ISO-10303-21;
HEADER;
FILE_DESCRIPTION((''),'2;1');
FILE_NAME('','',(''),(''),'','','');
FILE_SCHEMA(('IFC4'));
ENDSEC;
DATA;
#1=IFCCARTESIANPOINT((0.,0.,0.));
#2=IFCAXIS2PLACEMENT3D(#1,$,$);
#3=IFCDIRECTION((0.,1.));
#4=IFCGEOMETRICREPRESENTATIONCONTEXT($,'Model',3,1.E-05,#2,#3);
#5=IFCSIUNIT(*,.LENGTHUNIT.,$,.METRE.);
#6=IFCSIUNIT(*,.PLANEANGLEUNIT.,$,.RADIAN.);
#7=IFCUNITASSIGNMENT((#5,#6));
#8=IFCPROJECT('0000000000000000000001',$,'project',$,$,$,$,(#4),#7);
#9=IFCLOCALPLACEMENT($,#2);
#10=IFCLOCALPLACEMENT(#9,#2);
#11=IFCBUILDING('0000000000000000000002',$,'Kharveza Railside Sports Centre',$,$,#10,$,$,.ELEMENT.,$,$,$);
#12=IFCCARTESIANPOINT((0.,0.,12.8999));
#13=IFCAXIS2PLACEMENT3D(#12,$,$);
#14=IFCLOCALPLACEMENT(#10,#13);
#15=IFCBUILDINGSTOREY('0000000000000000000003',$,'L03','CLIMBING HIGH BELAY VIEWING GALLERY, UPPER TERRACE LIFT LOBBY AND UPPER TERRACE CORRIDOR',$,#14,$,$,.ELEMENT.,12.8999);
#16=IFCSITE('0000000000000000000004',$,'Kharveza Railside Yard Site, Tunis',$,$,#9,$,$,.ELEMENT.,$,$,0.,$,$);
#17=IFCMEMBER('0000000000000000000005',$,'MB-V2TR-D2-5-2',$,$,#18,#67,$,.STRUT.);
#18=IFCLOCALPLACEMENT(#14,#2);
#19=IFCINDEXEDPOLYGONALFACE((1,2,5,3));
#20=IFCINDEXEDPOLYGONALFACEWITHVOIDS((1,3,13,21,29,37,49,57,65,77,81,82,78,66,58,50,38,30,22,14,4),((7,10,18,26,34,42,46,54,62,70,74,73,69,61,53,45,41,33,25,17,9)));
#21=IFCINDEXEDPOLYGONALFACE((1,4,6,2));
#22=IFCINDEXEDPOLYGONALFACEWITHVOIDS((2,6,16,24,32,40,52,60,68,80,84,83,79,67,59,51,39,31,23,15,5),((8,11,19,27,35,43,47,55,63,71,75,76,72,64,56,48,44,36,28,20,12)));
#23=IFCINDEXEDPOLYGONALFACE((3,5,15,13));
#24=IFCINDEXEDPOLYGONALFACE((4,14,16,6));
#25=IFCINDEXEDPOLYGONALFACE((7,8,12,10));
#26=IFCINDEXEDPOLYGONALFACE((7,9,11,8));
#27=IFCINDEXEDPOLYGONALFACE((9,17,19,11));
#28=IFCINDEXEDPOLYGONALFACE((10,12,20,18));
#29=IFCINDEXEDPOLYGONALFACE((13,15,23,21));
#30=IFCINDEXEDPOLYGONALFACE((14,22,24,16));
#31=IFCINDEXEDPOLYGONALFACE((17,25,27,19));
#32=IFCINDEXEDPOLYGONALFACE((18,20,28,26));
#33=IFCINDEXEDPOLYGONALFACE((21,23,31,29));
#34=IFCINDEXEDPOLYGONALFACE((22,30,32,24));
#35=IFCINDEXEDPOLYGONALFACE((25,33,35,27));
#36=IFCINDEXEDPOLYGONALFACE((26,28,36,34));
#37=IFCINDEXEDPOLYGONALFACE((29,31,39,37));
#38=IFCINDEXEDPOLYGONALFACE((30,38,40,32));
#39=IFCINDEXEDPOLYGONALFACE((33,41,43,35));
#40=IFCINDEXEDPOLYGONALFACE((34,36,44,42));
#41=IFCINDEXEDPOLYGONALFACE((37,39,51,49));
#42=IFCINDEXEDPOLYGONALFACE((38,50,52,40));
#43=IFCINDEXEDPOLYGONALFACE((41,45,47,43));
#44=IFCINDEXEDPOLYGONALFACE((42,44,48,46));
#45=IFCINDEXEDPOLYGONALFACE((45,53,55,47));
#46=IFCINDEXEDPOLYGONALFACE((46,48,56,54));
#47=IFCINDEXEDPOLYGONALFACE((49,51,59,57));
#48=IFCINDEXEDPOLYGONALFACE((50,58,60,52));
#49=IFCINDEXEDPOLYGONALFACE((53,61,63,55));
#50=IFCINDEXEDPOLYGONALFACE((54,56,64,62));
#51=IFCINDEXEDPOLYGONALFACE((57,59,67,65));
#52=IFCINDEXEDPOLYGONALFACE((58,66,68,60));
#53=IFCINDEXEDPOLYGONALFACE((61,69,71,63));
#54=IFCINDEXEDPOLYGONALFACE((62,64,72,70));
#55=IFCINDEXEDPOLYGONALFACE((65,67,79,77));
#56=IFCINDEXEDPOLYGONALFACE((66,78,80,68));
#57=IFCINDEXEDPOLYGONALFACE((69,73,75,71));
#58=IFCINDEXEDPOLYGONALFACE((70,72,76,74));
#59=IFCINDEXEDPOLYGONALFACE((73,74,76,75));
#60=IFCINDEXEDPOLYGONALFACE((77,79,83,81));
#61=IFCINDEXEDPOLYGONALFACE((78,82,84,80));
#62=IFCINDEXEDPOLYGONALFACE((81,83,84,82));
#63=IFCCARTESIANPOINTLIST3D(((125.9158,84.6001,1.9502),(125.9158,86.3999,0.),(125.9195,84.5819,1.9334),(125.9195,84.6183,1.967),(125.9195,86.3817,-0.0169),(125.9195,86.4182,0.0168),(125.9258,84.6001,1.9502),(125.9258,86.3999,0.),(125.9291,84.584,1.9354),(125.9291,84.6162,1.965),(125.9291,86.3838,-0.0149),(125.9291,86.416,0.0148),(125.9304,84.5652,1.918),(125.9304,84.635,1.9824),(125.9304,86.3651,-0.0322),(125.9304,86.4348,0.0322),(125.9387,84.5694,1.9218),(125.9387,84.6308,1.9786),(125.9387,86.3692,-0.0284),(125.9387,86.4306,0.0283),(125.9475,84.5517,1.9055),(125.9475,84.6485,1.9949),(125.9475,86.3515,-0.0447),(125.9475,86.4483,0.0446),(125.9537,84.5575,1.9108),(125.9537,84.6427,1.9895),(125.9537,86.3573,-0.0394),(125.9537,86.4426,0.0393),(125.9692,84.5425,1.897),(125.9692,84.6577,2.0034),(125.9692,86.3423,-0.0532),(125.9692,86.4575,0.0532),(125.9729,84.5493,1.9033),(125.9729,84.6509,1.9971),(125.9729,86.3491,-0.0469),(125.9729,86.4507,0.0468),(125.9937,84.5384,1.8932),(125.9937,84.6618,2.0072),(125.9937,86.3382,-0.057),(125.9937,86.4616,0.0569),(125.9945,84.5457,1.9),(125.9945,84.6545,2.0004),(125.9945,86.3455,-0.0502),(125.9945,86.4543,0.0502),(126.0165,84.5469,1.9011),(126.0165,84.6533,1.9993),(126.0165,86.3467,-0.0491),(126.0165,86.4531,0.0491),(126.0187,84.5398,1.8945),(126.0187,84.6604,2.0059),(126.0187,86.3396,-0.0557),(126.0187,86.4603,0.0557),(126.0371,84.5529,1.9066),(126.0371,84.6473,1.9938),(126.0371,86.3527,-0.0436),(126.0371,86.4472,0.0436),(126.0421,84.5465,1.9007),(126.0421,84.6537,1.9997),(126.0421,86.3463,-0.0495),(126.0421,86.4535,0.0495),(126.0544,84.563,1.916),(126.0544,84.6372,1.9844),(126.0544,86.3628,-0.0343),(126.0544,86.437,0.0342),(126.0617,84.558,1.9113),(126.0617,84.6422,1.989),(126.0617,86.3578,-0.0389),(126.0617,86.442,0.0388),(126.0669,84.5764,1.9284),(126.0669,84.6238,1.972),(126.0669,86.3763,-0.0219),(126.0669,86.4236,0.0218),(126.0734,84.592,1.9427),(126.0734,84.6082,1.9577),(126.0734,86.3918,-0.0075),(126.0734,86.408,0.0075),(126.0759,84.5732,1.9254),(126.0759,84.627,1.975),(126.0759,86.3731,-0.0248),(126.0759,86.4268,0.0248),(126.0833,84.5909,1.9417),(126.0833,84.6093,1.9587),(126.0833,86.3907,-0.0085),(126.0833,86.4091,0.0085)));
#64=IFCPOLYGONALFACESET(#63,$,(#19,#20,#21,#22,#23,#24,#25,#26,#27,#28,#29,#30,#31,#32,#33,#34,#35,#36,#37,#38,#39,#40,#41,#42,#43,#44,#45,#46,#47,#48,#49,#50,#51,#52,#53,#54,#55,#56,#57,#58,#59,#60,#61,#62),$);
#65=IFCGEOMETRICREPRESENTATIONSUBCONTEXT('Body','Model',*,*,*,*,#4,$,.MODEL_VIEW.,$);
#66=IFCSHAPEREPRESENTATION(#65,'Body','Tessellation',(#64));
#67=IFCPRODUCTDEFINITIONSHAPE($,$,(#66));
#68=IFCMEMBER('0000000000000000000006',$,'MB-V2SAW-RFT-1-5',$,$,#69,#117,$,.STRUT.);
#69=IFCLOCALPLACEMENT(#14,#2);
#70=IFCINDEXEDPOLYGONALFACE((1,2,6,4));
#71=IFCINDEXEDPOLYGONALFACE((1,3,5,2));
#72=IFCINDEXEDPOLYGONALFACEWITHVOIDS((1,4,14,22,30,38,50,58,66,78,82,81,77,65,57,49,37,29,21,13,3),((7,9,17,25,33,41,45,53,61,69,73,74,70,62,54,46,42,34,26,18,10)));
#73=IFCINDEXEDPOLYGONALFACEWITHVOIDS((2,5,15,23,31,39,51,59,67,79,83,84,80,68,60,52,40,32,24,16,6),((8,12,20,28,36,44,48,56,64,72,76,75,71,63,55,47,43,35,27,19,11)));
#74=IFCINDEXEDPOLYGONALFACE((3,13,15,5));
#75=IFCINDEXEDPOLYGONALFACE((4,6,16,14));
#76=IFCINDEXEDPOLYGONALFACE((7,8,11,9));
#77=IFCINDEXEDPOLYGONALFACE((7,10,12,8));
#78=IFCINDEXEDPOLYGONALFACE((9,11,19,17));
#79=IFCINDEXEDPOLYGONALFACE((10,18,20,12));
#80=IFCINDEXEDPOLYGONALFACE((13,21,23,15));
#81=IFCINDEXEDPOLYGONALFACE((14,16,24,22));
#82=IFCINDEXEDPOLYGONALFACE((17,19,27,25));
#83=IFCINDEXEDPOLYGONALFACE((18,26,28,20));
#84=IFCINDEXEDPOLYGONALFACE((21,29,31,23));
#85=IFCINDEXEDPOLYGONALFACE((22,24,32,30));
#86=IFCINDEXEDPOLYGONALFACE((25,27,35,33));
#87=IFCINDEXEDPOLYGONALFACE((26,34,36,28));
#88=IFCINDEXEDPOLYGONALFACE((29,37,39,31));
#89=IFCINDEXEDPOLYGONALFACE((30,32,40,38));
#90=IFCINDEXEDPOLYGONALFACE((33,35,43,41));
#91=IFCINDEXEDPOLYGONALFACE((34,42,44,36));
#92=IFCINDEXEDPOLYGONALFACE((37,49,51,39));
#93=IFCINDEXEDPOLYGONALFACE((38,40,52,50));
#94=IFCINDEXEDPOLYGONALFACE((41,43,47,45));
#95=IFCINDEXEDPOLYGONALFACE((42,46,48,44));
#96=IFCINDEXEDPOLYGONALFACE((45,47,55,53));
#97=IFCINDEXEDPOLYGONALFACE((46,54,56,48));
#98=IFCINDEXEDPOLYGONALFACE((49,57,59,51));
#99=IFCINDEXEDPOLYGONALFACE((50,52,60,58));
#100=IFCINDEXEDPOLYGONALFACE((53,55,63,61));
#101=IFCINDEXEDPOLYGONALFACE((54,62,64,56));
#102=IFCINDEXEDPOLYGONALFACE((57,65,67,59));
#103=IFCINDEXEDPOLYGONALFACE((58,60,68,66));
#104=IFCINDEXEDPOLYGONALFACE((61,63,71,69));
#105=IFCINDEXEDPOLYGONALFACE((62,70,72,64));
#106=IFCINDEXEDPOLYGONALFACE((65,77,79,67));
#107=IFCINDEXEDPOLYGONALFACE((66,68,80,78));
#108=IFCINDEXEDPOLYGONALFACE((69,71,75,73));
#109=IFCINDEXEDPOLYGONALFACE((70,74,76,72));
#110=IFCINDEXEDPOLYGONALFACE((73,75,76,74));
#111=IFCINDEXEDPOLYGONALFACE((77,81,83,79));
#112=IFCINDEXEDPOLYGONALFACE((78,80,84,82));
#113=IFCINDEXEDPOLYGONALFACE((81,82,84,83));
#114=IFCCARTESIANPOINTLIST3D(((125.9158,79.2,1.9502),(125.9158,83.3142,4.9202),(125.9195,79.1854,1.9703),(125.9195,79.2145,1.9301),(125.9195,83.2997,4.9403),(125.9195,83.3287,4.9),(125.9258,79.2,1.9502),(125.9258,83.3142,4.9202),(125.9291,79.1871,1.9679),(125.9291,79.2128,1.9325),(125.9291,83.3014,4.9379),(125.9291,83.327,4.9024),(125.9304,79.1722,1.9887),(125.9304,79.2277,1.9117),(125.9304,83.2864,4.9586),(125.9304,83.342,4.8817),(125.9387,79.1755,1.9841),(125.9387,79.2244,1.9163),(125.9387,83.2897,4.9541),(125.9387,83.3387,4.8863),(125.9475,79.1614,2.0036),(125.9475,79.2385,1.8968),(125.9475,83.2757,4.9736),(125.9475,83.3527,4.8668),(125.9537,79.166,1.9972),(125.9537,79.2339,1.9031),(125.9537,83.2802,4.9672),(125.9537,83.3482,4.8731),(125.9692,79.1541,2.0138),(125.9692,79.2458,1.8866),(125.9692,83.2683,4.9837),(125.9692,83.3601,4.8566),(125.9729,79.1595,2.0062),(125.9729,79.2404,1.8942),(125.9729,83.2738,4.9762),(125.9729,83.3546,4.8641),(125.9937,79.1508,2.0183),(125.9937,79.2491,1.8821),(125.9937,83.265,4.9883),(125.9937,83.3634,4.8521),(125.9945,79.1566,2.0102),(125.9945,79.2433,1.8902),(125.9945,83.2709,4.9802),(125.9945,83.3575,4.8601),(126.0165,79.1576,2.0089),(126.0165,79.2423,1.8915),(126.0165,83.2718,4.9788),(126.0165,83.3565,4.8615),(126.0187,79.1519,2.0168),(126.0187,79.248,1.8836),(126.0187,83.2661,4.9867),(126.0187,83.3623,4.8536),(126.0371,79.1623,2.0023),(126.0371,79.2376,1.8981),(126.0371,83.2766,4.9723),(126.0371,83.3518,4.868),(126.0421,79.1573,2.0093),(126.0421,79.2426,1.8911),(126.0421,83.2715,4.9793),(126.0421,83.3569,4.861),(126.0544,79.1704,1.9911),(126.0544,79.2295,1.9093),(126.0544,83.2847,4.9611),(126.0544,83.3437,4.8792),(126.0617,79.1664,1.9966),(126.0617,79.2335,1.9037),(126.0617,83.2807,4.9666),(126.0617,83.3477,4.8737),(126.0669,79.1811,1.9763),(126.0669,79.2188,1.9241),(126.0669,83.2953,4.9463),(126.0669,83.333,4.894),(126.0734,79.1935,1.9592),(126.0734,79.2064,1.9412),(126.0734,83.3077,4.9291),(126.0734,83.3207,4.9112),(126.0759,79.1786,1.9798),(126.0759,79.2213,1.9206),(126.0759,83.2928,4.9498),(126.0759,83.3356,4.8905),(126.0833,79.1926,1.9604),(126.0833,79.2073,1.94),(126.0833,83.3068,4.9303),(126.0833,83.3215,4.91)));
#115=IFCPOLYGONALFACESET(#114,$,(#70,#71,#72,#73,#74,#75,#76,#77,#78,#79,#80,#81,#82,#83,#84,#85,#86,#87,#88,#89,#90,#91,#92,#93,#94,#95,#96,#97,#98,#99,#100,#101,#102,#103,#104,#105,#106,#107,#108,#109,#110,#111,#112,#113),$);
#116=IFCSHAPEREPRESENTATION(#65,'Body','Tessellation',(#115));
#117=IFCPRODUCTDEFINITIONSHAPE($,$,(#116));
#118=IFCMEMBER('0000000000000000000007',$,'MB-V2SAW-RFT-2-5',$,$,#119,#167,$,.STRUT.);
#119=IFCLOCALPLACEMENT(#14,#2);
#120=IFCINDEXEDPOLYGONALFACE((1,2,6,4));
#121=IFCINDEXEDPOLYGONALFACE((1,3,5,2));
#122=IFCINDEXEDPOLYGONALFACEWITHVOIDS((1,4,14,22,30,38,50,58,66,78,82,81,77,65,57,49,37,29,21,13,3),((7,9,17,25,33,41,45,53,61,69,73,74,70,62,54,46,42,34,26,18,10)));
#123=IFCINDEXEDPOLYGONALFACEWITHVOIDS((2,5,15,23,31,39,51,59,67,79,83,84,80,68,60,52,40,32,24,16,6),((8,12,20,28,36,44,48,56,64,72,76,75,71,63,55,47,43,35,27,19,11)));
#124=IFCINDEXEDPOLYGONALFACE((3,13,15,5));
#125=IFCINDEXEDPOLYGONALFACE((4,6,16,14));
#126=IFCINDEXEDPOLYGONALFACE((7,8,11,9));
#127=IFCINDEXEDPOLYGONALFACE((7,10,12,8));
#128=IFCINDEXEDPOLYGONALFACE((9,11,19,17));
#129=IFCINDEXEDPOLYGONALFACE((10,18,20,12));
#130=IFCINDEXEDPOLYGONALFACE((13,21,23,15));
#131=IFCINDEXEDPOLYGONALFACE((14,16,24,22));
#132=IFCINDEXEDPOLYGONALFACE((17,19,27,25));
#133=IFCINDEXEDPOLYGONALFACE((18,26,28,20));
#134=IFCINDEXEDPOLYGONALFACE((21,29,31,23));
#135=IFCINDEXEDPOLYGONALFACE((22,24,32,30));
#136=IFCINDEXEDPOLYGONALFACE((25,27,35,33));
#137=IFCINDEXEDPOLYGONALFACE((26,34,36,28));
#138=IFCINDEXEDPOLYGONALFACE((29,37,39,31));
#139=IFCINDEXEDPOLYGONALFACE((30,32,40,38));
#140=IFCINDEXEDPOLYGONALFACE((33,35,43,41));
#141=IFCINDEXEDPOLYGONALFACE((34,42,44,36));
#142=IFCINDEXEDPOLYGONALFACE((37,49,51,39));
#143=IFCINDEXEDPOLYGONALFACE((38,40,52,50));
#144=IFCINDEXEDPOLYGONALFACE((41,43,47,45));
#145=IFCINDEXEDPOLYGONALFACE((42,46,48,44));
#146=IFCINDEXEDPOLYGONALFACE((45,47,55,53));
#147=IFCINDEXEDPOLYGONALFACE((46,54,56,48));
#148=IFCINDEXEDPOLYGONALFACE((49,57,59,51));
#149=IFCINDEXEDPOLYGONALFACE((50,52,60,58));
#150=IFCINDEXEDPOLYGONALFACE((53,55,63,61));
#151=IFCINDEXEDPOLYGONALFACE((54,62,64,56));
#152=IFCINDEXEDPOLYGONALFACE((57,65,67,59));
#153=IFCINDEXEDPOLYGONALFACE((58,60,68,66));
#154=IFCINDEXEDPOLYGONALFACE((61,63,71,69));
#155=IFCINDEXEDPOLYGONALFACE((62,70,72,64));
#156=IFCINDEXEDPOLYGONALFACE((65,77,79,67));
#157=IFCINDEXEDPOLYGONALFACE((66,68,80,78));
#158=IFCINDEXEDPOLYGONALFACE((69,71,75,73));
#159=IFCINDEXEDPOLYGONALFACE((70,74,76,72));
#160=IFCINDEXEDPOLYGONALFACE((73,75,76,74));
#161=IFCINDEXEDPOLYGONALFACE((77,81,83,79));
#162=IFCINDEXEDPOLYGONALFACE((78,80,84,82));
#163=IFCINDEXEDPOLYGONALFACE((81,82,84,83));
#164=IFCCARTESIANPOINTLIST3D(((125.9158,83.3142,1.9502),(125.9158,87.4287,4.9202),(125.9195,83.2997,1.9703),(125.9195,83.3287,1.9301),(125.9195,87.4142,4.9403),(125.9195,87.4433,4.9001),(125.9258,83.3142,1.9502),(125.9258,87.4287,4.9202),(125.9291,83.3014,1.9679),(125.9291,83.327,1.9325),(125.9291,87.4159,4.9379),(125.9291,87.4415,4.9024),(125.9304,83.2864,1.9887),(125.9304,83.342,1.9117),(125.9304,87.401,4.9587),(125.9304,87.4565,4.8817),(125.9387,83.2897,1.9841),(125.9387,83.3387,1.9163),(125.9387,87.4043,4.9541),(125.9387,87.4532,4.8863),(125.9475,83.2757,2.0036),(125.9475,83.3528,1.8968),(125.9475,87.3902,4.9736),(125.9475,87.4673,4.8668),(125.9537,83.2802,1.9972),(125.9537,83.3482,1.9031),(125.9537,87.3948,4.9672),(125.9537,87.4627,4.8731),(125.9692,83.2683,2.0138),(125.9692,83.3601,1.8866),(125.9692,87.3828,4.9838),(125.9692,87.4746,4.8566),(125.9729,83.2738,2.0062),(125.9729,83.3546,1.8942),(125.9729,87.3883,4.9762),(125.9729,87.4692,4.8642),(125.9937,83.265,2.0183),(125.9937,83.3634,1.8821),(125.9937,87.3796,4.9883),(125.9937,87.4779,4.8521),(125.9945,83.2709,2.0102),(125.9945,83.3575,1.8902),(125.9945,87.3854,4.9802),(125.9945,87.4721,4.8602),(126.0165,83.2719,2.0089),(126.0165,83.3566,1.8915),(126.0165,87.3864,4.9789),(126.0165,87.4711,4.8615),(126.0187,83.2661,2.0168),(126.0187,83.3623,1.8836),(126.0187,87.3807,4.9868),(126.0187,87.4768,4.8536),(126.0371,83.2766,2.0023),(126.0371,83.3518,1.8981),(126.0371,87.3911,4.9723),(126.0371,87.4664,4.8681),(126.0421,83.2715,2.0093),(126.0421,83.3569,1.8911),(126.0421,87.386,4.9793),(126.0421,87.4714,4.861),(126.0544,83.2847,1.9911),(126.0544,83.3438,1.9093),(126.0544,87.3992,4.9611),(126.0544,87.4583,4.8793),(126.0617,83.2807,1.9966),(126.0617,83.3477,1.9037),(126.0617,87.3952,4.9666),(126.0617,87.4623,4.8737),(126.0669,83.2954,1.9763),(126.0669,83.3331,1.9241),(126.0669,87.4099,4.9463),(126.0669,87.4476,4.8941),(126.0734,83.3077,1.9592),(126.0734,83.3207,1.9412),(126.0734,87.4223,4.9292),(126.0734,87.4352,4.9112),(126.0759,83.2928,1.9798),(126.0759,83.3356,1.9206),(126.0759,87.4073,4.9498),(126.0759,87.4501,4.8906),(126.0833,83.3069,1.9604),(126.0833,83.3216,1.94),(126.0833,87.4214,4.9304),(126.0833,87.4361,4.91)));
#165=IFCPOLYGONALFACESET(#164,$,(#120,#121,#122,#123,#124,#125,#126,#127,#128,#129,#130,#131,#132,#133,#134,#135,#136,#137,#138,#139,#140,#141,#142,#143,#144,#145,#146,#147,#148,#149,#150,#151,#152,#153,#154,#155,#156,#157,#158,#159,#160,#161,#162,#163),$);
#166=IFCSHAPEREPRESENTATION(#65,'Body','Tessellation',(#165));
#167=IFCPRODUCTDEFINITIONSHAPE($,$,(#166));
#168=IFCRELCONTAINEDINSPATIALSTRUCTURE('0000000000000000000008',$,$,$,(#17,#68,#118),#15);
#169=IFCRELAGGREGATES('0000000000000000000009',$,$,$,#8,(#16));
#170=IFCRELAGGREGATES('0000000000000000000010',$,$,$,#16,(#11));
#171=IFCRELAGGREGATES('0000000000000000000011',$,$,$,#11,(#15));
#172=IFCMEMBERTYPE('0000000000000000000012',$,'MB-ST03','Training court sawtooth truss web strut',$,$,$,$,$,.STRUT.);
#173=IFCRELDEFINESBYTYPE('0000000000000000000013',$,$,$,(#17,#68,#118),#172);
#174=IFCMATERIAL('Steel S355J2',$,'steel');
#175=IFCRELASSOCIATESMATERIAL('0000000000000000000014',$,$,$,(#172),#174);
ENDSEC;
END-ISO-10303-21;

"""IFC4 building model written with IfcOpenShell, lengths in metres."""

from ifc_helpers import new_model, si_unit, direction, frame, origin, origin_2d, place, context, subcontext, project, spatial, hollow_circle, extrude, material, material_profile, profile_set, type_object, element, save


model = new_model("IFC4")

# Units and contexts
model_context = context("Model", 3, precision=1e-05, world=origin(), true_north=direction((0.0, 1.0)))
body_context = subcontext(model_context, "Body", "Model", "MODEL_VIEW")
ifc_project = project(units=[si_unit("LENGTHUNIT", "METRE"), si_unit("PLANEANGLEUNIT", "RADIAN")], contexts=[model_context])

# Site, building, storey
site_placement = place(None, origin())
site = spatial("IfcSite", under=ifc_project, at=site_placement, Name="Kharveza Railside Yard Site, Tunis", CompositionType="ELEMENT", RefElevation=0.0)
building_placement = place(site_placement, origin())
building = spatial("IfcBuilding", under=site, at=building_placement, Name="Kharveza Railside Sports Centre", CompositionType="ELEMENT")
storey_placement = place(building_placement, frame((0.0, 0.0, 12.8999)))
storey = spatial("IfcBuildingStorey", under=building, at=storey_placement, Name="L03", Description="CLIMBING HIGH BELAY VIEWING GALLERY, UPPER TERRACE LIFT LOBBY AND UPPER TERRACE CORRIDOR", CompositionType="ELEMENT", Elevation=12.8999)

# Shared definitions
ifc_material_1 = material(Name="Steel S355J2", Category="steel")

# Members
ifc_material_profile_1 = material_profile(ifc_material_1, hollow_circle(Radius=0.0842, WallThickness=0.01, at=origin_2d()), Name="CHS 168.3x10.0")
ifc_profile_set_1 = profile_set([ifc_material_profile_1], Name="Steel S355J2")
member_type_1 = type_object("IfcMemberType", Name="MB-ST03", Description="Training court sawtooth truss web strut", PredefinedType="STRUT", material=ifc_profile_set_1)
member_1_placement = place(storey_placement, frame((126.0, 84.6001, 1.9502), z_axis=(0.0, 0.678204, -0.734874), x_axis=(-1.0, 0.0, 0.0)))
element("IfcMember", 1, at=member_1_placement, inside=storey, type_object=member_type_1, Name="MB-V2TR-D2-5-2", PredefinedType="STRUT", context=body_context, shape_type="SweptSolid", body=[
    extrude(hollow_circle(Radius=0.0842, WallThickness=0.01, at=origin_2d()), origin(), (0.0, 0.0, 1.0), 2.6538),
])
member_2_placement = place(storey_placement, frame((126.0, 79.2, 1.9502), z_axis=(0.0, 0.810814, 0.585304), x_axis=(-1.0, 0.0, 0.0)))
element("IfcMember", 2, at=member_2_placement, inside=storey, type_object=member_type_1, Name="MB-V2SAW-RFT-1-5", PredefinedType="STRUT", context=body_context, shape_type="SweptSolid", body=[
    extrude(hollow_circle(Radius=0.0842, WallThickness=0.01, at=origin_2d()), origin(), (0.0, 0.0, 1.0), 5.0742),
])
member_3_placement = place(storey_placement, frame((126.0, 83.3142, 1.9502), z_axis=(0.0, 0.81083, 0.585281), x_axis=(-1.0, 0.0, 0.0)))
element("IfcMember", 3, at=member_3_placement, inside=storey, type_object=member_type_1, Name="MB-V2SAW-RFT-2-5", PredefinedType="STRUT", context=body_context, shape_type="SweptSolid", body=[
    extrude(hollow_circle(Radius=0.0842, WallThickness=0.01, at=origin_2d()), origin(), (0.0, 0.0, 1.0), 5.0745),
])

save(model, "model.ifc")
